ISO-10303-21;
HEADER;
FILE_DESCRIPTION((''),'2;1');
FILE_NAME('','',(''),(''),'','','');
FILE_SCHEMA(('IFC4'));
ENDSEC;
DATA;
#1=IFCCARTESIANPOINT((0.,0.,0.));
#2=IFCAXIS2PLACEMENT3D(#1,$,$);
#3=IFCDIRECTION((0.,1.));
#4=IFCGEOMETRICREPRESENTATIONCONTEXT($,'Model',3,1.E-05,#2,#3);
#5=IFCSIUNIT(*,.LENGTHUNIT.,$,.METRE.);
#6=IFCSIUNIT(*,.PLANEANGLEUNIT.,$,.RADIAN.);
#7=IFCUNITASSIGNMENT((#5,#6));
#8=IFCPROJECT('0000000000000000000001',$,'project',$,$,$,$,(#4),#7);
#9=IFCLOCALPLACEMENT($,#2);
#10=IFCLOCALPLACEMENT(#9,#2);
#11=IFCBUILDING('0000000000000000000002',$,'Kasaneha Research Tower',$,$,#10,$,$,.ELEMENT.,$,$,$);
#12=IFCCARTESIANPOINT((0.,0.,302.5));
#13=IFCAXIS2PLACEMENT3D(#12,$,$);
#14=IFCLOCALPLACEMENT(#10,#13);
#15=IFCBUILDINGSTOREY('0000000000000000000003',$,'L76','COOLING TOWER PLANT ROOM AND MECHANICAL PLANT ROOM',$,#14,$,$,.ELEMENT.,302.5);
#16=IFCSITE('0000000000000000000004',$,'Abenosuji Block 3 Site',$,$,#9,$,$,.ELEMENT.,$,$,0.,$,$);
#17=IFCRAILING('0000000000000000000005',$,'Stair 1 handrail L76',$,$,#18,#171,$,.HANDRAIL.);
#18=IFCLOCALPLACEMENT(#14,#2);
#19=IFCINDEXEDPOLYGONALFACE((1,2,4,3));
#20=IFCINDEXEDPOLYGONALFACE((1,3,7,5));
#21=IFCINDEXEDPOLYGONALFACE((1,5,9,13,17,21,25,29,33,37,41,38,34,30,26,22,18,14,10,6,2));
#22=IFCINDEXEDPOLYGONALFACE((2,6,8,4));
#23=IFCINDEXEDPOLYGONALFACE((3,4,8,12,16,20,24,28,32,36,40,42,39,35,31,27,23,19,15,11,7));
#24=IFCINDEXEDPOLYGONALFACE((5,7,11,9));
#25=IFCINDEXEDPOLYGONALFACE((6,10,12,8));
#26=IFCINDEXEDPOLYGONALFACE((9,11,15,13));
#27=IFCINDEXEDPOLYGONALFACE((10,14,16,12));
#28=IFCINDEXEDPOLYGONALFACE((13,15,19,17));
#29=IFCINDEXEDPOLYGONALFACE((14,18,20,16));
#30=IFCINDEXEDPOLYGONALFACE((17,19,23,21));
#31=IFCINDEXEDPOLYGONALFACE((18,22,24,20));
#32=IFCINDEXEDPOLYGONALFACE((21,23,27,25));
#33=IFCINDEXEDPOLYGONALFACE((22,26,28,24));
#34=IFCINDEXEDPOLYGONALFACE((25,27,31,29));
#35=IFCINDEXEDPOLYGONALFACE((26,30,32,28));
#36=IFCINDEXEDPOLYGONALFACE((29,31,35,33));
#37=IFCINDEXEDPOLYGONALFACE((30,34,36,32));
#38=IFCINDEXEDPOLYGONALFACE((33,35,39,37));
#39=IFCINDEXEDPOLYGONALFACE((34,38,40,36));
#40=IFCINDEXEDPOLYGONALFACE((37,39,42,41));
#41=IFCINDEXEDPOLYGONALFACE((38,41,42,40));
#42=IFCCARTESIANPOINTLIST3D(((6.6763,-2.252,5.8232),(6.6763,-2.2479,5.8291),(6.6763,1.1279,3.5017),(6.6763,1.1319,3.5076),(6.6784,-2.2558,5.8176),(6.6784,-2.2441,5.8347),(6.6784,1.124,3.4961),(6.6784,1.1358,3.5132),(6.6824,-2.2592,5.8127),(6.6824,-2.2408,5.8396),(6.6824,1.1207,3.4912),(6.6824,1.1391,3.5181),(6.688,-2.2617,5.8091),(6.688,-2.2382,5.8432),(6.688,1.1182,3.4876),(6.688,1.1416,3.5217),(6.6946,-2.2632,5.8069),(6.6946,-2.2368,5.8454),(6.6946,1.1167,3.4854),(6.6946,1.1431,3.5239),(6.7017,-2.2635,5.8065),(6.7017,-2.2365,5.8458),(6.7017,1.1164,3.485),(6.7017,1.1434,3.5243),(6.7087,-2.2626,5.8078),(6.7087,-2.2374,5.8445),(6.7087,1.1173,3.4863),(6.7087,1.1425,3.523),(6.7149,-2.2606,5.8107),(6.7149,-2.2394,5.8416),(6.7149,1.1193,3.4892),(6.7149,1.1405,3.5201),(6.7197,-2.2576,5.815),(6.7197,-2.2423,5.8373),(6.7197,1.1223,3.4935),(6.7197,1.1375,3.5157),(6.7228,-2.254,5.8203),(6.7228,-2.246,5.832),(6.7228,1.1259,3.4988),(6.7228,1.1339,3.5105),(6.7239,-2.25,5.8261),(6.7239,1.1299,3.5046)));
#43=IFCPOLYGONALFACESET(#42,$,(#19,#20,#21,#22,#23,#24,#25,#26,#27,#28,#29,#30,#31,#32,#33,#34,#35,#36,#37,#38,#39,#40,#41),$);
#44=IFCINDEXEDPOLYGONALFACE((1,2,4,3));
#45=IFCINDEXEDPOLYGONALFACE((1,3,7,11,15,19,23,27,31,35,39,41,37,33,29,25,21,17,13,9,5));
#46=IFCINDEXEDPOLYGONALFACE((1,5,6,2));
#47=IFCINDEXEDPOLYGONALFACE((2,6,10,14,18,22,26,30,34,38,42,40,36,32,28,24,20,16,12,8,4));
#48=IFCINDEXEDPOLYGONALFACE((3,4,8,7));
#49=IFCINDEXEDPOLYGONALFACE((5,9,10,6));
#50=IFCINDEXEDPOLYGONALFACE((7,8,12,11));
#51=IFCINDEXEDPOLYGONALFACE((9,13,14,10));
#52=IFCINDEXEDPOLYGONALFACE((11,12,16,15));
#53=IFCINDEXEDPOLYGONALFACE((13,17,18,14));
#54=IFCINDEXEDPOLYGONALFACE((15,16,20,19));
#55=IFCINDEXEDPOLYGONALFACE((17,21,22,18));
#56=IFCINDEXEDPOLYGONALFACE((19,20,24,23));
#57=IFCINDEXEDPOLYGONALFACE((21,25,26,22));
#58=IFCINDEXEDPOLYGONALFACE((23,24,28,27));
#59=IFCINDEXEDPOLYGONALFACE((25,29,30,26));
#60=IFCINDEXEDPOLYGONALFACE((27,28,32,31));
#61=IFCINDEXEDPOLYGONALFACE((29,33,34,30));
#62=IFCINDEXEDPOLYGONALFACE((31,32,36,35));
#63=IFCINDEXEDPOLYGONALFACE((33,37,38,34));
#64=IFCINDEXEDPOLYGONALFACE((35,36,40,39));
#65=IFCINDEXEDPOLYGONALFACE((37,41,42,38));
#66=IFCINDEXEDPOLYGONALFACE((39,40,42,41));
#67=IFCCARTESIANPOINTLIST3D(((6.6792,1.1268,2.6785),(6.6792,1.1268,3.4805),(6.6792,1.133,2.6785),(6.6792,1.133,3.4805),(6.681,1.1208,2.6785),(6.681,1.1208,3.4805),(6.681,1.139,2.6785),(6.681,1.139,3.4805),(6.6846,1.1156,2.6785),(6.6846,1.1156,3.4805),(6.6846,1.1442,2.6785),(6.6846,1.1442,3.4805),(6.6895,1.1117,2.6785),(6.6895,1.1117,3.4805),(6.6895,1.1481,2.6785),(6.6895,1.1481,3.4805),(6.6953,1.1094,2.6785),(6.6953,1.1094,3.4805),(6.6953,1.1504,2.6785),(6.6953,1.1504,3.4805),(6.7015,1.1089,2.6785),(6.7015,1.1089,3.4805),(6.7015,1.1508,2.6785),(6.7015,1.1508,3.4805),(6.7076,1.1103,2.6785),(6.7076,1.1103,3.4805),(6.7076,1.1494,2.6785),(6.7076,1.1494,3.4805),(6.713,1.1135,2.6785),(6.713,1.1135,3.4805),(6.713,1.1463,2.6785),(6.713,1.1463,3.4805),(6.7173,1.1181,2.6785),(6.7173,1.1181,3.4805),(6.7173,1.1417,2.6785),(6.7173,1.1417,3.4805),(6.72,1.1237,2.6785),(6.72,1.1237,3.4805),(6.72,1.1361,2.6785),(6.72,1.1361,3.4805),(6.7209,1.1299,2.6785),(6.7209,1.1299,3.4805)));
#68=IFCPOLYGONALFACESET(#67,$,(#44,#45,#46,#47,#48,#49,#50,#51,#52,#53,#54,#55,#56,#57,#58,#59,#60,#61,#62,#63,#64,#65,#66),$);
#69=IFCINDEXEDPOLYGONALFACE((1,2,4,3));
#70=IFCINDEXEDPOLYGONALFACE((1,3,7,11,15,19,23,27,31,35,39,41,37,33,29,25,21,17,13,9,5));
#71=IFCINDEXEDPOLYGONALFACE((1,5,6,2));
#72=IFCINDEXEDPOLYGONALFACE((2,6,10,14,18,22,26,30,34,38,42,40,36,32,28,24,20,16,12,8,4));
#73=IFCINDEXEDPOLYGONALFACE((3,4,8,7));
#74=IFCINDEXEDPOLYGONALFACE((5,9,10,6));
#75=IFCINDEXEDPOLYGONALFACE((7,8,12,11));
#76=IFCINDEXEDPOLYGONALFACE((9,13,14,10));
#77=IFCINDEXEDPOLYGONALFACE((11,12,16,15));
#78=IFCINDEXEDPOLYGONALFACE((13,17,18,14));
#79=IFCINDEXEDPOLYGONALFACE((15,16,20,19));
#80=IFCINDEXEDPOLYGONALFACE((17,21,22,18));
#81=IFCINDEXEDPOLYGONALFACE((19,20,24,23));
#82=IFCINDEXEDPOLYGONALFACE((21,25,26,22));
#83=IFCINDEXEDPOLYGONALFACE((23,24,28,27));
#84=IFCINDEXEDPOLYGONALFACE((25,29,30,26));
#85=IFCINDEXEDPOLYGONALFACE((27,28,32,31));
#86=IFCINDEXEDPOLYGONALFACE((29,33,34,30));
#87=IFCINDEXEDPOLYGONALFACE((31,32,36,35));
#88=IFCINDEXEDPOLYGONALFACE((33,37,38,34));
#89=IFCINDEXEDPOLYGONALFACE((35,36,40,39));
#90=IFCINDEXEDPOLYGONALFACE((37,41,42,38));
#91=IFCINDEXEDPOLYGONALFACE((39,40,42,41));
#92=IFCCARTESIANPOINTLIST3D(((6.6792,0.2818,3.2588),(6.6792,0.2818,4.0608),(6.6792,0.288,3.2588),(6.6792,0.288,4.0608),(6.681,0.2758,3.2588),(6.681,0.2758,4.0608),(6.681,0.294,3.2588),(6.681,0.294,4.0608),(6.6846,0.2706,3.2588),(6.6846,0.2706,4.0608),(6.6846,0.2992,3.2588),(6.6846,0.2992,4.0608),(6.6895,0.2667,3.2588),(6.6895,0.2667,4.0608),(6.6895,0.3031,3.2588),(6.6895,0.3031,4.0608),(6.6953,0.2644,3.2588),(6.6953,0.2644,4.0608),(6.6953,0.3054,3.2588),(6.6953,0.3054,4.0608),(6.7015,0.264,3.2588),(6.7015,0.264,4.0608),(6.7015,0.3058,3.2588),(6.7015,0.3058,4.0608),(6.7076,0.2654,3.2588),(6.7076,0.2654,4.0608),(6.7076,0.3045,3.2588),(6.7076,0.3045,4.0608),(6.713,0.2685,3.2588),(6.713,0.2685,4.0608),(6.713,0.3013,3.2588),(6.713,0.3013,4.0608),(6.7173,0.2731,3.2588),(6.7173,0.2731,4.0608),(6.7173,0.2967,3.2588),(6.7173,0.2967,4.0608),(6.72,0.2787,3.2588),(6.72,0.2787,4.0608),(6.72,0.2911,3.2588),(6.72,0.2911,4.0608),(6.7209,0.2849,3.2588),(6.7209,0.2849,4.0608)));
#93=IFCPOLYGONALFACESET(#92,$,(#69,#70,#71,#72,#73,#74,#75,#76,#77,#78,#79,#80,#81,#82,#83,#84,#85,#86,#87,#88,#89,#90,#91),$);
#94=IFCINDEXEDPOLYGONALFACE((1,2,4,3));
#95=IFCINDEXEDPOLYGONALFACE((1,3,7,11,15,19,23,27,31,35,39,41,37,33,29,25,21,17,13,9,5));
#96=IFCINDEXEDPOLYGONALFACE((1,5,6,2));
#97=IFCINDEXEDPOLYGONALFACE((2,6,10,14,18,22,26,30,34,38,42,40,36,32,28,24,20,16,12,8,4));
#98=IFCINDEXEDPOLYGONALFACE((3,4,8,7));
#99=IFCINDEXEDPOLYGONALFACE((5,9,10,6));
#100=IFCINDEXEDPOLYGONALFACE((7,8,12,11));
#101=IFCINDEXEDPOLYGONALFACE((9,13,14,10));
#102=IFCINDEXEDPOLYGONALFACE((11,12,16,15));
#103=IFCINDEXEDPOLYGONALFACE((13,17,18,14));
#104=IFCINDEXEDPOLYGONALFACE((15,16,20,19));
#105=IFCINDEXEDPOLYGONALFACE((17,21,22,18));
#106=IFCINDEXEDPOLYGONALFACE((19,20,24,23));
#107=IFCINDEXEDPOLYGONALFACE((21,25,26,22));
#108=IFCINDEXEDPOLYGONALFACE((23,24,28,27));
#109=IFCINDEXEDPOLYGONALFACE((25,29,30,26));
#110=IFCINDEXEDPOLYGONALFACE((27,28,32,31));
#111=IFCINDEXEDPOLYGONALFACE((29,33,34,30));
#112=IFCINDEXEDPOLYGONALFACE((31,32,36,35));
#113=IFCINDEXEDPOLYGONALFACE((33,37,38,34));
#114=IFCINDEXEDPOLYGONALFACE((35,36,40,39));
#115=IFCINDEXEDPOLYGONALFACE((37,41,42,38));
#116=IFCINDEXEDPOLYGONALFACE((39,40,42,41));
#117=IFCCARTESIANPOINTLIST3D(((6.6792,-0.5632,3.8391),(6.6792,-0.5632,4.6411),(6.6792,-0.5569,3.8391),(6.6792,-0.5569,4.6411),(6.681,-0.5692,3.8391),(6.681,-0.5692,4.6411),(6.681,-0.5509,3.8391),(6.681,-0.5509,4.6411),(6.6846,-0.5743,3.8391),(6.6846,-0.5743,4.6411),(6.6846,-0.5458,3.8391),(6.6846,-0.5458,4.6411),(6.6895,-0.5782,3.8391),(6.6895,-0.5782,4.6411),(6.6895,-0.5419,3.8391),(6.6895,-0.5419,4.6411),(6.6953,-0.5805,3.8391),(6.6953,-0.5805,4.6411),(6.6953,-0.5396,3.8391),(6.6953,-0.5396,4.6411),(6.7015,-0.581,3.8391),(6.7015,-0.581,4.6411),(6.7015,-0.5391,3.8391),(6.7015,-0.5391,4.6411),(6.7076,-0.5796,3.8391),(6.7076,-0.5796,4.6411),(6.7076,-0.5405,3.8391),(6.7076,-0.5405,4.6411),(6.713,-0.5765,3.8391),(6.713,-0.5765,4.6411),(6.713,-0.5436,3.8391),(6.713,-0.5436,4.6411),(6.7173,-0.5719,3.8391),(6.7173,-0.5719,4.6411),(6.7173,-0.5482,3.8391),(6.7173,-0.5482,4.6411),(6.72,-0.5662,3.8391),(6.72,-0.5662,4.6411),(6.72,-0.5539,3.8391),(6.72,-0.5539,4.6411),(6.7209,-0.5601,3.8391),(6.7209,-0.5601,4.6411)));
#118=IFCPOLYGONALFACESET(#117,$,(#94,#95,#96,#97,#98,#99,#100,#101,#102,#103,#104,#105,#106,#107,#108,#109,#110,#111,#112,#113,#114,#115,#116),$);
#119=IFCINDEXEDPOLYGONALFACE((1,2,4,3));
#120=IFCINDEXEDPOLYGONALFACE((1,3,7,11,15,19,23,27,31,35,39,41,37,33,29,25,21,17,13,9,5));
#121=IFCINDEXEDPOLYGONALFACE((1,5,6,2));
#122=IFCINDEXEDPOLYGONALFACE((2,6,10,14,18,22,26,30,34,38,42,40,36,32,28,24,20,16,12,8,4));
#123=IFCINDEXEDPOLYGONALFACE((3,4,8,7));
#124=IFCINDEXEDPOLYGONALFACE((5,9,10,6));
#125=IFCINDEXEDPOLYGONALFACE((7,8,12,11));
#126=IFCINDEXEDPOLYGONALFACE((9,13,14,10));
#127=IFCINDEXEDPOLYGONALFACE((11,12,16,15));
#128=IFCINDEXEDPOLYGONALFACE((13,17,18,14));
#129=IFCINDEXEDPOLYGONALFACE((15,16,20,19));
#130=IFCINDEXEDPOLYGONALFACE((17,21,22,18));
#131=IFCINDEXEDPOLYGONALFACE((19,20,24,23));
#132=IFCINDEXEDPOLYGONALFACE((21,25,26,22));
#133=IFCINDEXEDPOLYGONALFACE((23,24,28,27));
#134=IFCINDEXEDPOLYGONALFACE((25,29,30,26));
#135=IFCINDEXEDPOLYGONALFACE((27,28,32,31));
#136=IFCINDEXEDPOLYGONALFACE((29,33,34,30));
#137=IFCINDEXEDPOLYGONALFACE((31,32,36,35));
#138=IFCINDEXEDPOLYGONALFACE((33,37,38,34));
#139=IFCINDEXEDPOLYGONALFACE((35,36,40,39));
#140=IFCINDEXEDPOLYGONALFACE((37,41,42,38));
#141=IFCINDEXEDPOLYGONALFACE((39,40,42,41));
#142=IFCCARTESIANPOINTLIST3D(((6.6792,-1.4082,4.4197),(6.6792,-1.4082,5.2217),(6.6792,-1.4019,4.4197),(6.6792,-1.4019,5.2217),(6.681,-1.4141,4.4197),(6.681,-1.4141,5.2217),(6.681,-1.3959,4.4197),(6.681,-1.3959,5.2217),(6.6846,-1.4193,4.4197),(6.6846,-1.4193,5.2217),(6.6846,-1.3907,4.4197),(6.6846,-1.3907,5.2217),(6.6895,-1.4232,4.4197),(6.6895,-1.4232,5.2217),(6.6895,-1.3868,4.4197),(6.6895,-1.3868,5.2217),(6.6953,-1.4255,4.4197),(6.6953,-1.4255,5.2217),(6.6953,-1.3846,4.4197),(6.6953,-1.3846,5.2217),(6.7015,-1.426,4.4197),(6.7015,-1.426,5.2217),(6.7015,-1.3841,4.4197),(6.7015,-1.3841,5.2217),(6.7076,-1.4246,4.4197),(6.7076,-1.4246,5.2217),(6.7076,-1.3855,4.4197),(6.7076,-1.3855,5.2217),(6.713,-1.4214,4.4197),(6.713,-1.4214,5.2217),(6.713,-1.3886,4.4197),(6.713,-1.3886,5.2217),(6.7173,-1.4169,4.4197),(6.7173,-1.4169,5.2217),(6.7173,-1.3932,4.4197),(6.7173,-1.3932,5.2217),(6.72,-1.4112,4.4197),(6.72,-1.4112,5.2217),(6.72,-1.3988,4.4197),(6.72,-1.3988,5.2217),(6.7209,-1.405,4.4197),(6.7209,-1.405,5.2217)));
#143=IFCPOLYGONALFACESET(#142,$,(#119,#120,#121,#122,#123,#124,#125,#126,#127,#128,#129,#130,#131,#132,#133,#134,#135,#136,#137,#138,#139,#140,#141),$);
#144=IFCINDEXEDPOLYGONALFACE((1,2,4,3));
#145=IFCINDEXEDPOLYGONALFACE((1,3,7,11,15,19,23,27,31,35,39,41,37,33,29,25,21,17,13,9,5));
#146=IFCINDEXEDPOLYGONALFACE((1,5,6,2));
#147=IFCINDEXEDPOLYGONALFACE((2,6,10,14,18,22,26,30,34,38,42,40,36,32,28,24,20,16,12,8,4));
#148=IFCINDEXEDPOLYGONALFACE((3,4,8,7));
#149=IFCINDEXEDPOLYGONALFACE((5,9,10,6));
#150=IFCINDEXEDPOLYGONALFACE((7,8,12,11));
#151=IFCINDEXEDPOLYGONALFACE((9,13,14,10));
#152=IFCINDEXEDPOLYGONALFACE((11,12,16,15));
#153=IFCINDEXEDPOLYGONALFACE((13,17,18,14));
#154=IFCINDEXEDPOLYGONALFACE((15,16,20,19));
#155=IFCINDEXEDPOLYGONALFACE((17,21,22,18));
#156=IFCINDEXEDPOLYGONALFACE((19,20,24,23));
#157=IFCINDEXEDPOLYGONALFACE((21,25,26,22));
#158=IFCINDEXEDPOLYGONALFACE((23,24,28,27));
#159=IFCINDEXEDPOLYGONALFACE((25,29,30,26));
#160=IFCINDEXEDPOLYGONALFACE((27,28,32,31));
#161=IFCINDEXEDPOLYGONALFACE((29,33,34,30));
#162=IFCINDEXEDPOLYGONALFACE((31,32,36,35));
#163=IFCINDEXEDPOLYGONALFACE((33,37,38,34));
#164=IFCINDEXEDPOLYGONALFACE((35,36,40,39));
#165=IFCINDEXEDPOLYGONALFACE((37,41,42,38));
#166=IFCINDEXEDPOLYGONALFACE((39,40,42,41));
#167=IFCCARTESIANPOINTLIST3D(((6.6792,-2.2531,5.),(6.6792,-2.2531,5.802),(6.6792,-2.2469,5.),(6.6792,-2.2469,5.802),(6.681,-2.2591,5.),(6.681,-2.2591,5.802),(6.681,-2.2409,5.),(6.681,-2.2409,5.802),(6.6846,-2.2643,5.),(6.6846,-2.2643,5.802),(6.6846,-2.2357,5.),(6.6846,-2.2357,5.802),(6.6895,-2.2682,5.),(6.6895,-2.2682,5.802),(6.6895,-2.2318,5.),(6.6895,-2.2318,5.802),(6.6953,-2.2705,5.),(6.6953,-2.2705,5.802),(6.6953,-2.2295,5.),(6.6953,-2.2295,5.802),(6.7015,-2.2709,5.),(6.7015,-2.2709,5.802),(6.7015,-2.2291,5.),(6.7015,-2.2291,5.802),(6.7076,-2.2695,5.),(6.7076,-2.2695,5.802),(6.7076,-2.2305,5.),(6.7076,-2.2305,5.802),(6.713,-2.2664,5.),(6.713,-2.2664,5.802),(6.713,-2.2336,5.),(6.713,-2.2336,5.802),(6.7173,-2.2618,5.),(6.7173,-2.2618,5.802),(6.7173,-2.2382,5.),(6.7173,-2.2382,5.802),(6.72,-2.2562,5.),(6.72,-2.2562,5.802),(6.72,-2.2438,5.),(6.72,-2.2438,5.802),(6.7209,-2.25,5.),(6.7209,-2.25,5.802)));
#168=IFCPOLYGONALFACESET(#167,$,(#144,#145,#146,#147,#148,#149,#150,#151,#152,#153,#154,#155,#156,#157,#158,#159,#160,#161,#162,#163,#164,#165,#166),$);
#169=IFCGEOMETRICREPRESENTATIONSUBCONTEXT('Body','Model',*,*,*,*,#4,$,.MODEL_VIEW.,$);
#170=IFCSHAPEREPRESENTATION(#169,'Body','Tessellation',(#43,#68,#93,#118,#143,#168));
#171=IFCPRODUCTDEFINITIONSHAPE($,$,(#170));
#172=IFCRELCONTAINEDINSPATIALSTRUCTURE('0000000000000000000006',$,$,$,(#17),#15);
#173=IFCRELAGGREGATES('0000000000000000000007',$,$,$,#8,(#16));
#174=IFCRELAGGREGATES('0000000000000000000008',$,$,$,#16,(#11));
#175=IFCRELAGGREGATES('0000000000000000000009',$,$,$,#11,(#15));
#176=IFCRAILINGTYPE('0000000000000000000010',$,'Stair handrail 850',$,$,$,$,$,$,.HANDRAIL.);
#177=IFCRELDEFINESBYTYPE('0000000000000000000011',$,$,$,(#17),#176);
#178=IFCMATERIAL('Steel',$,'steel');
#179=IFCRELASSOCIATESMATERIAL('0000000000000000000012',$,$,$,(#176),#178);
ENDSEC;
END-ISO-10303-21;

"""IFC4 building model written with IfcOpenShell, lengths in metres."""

from ifc_helpers import new_model, si_unit, direction, frame, origin, origin_2d, place, context, subcontext, project, spatial, circle, extrude, material, type_object, element, save


model = new_model("IFC4")

# Units and contexts
model_context = context("Model", 3, precision=1e-05, world=origin(), true_north=direction((0.0, 1.0)))
body_context = subcontext(model_context, "Body", "Model", "MODEL_VIEW")
ifc_project = project(units=[si_unit("LENGTHUNIT", "METRE"), si_unit("PLANEANGLEUNIT", "RADIAN")], contexts=[model_context])

# Site, building, storey
site_placement = place(None, origin())
site = spatial("IfcSite", under=ifc_project, at=site_placement, Name="Abenosuji Block 3 Site", CompositionType="ELEMENT", RefElevation=0.0)
building_placement = place(site_placement, origin())
building = spatial("IfcBuilding", under=site, at=building_placement, Name="Kasaneha Research Tower", CompositionType="ELEMENT")
storey_placement = place(building_placement, frame((0.0, 0.0, 302.5)))
storey = spatial("IfcBuildingStorey", under=building, at=storey_placement, Name="L76", Description="COOLING TOWER PLANT ROOM AND MECHANICAL PLANT ROOM", CompositionType="ELEMENT", Elevation=302.5)

# Railing
ifc_material_1 = material(Name="Steel", Category="steel")
railing_type_1 = type_object("IfcRailingType", Name="Stair handrail 850", PredefinedType="HANDRAIL", material=ifc_material_1)
railing_1_placement = place(storey_placement, frame((6.7, 1.1299, 2.6785)))
element("IfcRailing", 1, at=railing_1_placement, inside=storey, type_object=railing_type_1, Name="Stair 1 handrail L76", PredefinedType="HANDRAIL", context=body_context, shape_type="SweptSolid", body=[
    extrude(circle(Radius=0.0239, at=origin_2d()), frame((0.0, 0.0, 0.8262), z_axis=(0.0, -0.824285, 0.566175), x_axis=(1.0, 0.0, 0.0)), (0.0, 0.0, 1.0), 4.1003),
    extrude(circle(Radius=0.021, at=origin_2d()), origin(), (0.0, 0.0, 1.0), 0.802),
    extrude(circle(Radius=0.021, at=origin_2d()), frame((0.0, -0.845, 0.5803)), (0.0, 0.0, 1.0), 0.802),
    extrude(circle(Radius=0.021, at=origin_2d()), frame((0.0, -1.6899, 1.1606)), (0.0, 0.0, 1.0), 0.802),
    extrude(circle(Radius=0.021, at=origin_2d()), frame((0.0, -2.5349, 1.7412)), (0.0, 0.0, 1.0), 0.802),
    extrude(circle(Radius=0.021, at=origin_2d()), frame((0.0, -3.3799, 2.3215)), (0.0, 0.0, 1.0), 0.802),
])

save(model, "model.ifc")
